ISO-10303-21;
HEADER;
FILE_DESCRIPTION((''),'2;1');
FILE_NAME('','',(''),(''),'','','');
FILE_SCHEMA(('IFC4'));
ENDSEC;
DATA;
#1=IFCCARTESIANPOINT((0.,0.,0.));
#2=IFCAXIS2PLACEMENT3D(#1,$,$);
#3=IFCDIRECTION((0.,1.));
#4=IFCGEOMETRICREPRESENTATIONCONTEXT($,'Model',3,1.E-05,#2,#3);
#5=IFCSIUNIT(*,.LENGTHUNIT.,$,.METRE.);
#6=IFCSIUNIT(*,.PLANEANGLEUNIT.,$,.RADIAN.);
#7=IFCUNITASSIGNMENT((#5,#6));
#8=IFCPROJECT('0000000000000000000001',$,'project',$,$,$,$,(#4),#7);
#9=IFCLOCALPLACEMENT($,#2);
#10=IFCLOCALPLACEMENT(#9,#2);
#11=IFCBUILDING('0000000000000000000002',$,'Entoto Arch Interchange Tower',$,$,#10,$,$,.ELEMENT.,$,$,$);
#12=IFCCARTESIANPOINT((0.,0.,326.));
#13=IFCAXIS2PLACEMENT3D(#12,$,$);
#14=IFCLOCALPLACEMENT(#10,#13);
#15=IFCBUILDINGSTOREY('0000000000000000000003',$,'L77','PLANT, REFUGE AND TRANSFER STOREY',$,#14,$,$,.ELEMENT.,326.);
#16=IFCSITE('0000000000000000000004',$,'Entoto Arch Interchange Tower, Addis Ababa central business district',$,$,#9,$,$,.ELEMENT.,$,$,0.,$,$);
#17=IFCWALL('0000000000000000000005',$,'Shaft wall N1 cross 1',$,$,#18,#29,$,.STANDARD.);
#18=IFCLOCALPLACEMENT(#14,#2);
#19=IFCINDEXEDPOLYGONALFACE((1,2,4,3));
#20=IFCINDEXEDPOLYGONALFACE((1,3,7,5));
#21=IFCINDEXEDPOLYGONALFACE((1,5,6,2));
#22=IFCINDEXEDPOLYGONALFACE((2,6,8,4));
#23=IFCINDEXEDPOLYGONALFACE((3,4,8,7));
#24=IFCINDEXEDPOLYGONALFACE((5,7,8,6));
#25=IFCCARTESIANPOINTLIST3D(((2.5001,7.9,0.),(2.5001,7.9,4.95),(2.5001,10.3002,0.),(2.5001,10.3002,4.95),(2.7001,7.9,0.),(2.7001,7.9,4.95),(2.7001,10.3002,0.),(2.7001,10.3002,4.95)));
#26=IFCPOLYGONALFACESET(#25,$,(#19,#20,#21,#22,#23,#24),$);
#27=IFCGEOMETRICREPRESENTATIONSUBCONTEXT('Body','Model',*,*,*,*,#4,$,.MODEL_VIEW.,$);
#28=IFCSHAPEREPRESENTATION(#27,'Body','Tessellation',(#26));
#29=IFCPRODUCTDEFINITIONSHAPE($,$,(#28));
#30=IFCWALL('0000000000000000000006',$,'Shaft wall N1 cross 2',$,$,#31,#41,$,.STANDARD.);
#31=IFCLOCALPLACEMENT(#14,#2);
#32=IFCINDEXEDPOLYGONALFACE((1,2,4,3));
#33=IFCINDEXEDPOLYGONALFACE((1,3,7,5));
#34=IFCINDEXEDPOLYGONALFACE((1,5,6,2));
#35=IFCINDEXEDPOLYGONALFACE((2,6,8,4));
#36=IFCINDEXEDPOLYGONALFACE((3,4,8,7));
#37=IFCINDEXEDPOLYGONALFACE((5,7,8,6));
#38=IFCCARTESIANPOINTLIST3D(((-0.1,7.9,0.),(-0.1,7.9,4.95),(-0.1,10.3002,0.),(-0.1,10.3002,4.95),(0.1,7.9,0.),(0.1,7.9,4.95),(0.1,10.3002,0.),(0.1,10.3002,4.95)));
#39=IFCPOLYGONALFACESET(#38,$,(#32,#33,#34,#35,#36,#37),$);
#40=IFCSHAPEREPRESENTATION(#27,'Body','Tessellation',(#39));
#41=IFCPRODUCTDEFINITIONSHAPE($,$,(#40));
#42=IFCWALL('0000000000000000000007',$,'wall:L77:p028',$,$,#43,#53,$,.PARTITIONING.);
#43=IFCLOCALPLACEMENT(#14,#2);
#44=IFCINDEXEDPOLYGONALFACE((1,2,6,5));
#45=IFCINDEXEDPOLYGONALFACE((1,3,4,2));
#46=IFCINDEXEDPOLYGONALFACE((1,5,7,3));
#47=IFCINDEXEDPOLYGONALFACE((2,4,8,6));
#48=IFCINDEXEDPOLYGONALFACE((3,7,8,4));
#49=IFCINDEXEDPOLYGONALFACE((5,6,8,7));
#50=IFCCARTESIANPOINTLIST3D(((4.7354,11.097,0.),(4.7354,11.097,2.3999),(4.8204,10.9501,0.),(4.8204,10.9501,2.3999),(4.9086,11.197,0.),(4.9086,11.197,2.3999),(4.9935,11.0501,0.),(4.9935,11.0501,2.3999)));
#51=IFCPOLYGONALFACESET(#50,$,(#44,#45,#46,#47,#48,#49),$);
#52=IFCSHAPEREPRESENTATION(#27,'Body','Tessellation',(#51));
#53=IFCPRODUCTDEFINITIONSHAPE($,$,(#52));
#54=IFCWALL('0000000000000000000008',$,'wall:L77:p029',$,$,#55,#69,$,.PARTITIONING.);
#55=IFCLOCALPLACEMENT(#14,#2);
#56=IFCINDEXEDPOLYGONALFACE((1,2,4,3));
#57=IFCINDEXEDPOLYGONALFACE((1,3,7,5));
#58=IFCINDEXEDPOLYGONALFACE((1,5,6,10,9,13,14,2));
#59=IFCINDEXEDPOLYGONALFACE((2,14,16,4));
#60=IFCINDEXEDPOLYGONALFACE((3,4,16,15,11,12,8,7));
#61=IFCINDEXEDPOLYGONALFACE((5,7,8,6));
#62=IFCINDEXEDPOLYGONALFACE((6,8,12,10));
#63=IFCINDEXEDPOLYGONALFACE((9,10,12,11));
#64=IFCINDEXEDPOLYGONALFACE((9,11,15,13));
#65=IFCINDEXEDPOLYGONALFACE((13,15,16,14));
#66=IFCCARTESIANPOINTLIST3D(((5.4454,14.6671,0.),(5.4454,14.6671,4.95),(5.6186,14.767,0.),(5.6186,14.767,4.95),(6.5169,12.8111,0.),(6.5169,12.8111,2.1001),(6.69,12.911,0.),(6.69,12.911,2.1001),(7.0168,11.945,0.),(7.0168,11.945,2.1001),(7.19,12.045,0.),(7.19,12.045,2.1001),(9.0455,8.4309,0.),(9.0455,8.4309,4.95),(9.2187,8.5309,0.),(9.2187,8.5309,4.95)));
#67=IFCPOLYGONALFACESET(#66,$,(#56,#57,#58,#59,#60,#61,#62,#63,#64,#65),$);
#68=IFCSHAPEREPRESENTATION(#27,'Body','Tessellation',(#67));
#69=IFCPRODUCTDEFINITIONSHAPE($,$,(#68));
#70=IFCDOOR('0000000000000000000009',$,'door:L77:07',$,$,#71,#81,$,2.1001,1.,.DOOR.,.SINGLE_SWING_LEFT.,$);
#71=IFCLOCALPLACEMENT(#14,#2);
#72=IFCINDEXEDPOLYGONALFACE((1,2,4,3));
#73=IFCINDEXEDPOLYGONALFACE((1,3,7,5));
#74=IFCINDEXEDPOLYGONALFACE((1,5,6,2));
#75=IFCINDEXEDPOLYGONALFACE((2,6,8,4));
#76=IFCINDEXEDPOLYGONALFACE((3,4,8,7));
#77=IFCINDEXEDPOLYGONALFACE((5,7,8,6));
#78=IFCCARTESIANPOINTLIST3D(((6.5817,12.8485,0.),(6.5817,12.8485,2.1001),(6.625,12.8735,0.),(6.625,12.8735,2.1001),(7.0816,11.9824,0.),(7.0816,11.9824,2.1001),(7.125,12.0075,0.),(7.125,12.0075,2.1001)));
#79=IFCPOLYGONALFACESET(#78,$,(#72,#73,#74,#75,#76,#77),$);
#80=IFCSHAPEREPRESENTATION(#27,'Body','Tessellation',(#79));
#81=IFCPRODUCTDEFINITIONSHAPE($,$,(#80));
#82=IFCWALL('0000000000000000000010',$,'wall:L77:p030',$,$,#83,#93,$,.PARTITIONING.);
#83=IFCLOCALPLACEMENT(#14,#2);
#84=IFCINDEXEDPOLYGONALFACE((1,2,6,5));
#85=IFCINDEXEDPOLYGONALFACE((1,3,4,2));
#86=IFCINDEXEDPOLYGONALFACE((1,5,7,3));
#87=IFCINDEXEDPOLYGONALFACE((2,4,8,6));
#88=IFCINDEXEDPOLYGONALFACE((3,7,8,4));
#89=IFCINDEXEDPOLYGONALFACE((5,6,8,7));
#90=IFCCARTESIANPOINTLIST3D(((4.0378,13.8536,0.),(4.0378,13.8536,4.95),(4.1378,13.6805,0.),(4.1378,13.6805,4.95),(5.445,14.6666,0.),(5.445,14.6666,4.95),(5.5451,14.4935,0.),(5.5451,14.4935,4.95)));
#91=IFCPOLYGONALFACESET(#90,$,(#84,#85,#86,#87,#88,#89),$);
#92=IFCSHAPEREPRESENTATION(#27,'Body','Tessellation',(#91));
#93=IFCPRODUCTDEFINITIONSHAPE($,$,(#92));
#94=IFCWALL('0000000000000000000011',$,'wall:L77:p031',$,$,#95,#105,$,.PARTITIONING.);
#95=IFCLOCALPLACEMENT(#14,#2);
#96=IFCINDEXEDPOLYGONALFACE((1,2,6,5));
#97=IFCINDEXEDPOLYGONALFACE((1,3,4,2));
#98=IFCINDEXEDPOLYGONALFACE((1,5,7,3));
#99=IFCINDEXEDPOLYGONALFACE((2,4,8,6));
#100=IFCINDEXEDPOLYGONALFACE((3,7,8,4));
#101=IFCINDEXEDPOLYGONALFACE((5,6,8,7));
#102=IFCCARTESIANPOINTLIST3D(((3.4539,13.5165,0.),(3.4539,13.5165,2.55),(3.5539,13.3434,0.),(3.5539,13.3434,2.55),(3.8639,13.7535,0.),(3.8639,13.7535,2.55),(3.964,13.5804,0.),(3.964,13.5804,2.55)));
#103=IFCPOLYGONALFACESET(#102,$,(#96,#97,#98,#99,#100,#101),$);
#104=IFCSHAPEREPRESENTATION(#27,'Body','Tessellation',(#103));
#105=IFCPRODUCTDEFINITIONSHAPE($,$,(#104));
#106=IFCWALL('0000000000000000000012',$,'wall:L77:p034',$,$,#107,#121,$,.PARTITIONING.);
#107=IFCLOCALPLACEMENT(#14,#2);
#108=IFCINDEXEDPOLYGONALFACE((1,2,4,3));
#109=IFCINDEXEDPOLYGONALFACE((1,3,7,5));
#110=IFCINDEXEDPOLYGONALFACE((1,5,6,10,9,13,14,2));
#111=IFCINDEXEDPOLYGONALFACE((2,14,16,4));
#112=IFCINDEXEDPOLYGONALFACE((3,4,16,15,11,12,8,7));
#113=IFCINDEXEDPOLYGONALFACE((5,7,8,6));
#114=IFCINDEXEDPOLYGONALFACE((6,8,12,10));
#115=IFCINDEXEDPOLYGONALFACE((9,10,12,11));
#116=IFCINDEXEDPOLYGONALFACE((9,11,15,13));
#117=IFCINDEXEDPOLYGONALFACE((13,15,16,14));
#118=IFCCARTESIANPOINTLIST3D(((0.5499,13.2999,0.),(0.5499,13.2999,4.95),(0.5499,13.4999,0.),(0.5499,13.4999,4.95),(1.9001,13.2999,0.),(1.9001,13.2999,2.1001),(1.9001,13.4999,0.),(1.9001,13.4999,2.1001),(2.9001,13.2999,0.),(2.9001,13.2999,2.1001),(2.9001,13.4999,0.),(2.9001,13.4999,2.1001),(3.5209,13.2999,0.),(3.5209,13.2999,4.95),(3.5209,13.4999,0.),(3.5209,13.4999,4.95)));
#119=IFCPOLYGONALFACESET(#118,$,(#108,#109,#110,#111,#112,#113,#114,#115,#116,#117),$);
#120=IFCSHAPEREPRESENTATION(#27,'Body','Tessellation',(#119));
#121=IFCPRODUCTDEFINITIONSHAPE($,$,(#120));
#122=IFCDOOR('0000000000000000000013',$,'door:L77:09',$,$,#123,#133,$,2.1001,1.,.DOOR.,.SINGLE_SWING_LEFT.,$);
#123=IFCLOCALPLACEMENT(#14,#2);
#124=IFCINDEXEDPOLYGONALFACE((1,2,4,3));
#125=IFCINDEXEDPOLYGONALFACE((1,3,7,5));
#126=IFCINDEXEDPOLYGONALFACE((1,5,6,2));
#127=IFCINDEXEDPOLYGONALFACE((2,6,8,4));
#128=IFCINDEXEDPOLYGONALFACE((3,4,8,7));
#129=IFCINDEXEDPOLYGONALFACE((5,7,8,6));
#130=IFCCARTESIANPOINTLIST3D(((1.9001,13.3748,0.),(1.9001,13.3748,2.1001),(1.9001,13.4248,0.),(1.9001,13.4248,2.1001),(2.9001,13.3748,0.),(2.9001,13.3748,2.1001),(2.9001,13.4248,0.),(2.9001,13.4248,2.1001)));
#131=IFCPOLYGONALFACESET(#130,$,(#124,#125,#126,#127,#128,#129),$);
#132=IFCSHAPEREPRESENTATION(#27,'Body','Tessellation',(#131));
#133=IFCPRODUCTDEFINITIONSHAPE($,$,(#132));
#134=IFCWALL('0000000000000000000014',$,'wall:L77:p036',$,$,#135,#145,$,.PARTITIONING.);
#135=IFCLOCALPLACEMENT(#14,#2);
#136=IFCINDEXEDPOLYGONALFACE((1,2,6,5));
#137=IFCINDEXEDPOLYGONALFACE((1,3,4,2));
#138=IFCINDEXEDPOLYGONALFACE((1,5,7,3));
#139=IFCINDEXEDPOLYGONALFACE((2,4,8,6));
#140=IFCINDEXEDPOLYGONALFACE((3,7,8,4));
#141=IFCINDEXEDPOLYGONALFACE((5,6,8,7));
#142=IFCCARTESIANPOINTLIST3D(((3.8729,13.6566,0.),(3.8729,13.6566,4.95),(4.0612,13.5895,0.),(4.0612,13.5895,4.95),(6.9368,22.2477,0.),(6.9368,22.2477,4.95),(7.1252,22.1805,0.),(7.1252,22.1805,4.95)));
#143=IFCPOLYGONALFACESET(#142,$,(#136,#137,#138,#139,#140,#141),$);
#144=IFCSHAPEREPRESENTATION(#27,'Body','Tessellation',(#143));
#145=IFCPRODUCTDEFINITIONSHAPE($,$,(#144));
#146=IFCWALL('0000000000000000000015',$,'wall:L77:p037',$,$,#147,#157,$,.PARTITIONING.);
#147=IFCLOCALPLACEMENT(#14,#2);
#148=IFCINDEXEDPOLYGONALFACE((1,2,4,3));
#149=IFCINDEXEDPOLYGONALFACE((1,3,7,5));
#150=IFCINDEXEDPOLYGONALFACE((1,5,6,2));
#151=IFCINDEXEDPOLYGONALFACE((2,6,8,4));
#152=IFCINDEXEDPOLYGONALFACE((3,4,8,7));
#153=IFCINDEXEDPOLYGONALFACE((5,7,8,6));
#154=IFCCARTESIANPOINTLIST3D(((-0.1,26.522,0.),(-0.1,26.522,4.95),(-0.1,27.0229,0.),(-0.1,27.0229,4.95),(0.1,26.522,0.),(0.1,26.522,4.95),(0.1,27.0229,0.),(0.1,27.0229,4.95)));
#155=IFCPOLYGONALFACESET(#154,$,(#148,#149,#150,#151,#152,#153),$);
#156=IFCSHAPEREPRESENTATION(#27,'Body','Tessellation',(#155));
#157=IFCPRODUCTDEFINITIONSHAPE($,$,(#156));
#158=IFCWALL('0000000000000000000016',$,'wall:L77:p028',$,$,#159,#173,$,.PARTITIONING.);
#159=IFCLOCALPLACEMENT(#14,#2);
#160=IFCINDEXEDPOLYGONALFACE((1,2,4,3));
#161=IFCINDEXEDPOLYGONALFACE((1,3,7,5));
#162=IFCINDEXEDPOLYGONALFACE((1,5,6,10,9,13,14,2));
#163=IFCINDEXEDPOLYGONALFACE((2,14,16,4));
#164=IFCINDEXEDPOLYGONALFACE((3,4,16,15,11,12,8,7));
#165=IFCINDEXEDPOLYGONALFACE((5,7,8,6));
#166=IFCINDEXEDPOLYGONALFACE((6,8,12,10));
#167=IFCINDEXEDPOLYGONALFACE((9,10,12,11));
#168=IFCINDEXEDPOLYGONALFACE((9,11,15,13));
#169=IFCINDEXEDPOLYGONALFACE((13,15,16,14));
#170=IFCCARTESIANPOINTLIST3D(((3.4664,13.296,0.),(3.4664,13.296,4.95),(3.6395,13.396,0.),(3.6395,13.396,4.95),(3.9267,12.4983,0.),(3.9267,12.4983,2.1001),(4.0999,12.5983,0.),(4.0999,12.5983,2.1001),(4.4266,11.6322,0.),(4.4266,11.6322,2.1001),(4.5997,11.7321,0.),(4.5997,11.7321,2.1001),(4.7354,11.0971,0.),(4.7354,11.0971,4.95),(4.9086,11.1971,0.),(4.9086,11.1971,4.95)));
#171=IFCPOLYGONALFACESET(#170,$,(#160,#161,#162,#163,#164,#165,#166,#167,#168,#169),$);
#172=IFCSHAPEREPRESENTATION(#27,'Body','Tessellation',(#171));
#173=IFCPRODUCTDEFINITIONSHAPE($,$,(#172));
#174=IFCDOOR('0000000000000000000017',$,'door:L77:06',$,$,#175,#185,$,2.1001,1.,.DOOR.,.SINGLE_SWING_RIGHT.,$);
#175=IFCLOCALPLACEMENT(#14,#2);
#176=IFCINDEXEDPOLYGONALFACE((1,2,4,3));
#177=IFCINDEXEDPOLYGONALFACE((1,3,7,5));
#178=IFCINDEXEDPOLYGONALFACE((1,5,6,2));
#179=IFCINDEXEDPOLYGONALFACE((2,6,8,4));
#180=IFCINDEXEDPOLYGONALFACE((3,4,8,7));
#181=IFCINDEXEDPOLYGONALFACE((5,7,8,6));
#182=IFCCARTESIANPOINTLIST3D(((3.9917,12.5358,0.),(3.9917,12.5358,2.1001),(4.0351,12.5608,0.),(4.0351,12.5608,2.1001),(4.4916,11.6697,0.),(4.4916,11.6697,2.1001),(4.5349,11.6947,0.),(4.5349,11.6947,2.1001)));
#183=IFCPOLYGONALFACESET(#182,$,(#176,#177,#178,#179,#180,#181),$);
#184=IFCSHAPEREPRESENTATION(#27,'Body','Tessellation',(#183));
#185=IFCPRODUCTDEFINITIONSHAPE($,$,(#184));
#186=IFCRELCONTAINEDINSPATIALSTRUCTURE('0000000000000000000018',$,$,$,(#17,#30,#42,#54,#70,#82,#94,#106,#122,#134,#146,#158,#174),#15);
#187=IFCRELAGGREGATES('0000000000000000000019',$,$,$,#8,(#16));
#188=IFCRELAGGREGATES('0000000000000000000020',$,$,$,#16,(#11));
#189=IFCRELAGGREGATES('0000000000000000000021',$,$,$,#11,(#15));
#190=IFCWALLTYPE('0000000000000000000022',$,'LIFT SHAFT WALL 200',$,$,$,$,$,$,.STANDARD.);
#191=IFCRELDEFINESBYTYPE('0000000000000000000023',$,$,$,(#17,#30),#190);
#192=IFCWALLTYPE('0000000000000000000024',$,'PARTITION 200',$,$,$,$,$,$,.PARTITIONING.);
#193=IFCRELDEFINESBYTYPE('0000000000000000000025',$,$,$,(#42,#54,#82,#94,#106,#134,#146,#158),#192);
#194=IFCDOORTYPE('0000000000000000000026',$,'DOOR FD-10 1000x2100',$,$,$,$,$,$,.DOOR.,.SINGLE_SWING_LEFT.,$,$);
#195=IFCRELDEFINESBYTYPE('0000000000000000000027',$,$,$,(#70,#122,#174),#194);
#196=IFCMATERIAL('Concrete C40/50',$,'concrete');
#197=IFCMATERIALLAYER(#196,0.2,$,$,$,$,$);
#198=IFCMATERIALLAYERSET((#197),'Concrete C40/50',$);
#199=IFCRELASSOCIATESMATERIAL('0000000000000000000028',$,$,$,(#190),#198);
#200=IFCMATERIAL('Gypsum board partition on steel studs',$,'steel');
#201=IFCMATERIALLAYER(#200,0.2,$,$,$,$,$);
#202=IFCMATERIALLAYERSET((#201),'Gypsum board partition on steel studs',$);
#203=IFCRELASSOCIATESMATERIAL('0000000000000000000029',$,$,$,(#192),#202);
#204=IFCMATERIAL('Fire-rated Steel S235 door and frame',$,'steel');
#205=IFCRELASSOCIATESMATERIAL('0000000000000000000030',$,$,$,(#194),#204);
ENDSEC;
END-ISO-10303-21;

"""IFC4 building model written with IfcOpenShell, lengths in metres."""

from ifc_helpers import new_model, si_unit, direction, frame, frame_2d, origin, place, context, subcontext, project, spatial, rectangle, extrude, material, layer, layer_set, type_object, element, fill, save


model = new_model("IFC4")

# Units and contexts
model_context = context("Model", 3, precision=1e-05, world=origin(), true_north=direction((0.0, 1.0)))
body_context = subcontext(model_context, "Body", "Model", "MODEL_VIEW")
ifc_project = project(units=[si_unit("LENGTHUNIT", "METRE"), si_unit("PLANEANGLEUNIT", "RADIAN")], contexts=[model_context])

# Site, building, storey
site_placement = place(None, origin())
site = spatial("IfcSite", under=ifc_project, at=site_placement, Name="Entoto Arch Interchange Tower, Addis Ababa central business district", CompositionType="ELEMENT", RefElevation=0.0)
building_placement = place(site_placement, origin())
building = spatial("IfcBuilding", under=site, at=building_placement, Name="Entoto Arch Interchange Tower", CompositionType="ELEMENT")
storey_placement = place(building_placement, frame((0.0, 0.0, 326.0)))
storey = spatial("IfcBuildingStorey", under=building, at=storey_placement, Name="L77", Description="PLANT, REFUGE AND TRANSFER STOREY", CompositionType="ELEMENT", Elevation=326.0)

# Shared definitions
ifc_material_1 = material(Name="Concrete C40/50", Category="concrete")

# Shared definitions
ifc_material_2 = material(Name="Fire-rated Steel S235 door and frame", Category="steel")

# Shared definitions
ifc_layer_1 = layer(ifc_material_1, 0.2)
ifc_layer_set_1 = layer_set([ifc_layer_1], Name="Concrete C40/50")
wall_type_1 = type_object("IfcWallType", Name="LIFT SHAFT WALL 200", PredefinedType="STANDARD", material=ifc_layer_set_1)

# Walls
for number, where, z_axis, x_axis, name in (
    (1, (2.6001, 7.8999, 0.0), (0.0, 0.0, 1.0), (0.0, 1.0, 0.0), "Shaft wall N1 cross 1"),
    (2, (0.0, 7.8999, 0.0), (0.0, 0.0, 1.0), (0.0, 1.0, 0.0), "Shaft wall N1 cross 2"),
):
    element("IfcWall", number, at=place(storey_placement, frame(where, z_axis=z_axis, x_axis=x_axis)), inside=storey, type_object=wall_type_1, Name=name, PredefinedType="STANDARD", context=body_context, shape_type="SweptSolid", body=[
        extrude(rectangle(XDim=2.4001, YDim=0.2, at=frame_2d((1.2002, 0.0))), origin(), (0.0, 0.0, 1.0), 4.95),
    ])
ifc_material_3 = material(Name="Gypsum board partition on steel studs", Category="steel")
ifc_layer_2 = layer(ifc_material_3, 0.2)
ifc_layer_set_2 = layer_set([ifc_layer_2], Name="Gypsum board partition on steel studs")
wall_type_2 = type_object("IfcWallType", Name="PARTITION 200", PredefinedType="PARTITIONING", material=ifc_layer_set_2)
wall_1_placement = place(storey_placement, frame((4.907, 11.0, 0.0), z_axis=(0.0, 0.0, 1.0), x_axis=(-0.500469, 0.865754, 0.0)))
element("IfcWall", 3, at=wall_1_placement, inside=storey, type_object=wall_type_2, Name="wall:L77:p028", PredefinedType="PARTITIONING", context=body_context, shape_type="SweptSolid", body=[
    extrude(rectangle(XDim=0.1697, YDim=0.2, at=frame_2d((0.085, 0.0))), origin(), (0.0, 0.0, 1.0), 2.3999),
])

# Wall, opening, door
wall_2_placement = place(storey_placement, frame((5.532, 14.717, 0.0), z_axis=(0.0, 0.0, 1.0), x_axis=(0.499968, -0.866044, 0.0)))
wall_2 = element("IfcWall", 4, at=wall_2_placement, inside=storey, type_object=wall_type_2, Name="wall:L77:p029", PredefinedType="PARTITIONING", context=body_context, shape_type="SweptSolid", body=[
    extrude(rectangle(XDim=7.2007, YDim=0.2, at=frame_2d((3.6003, 0.0))), origin(), (0.0, 0.0, 1.0), 4.95),
])
opening_1_placement = place(wall_2_placement, frame((2.1431, 0.0, 0.0)))
opening_1 = element("IfcOpeningElement", 5, at=opening_1_placement, cuts=wall_2, PredefinedType="OPENING", context=body_context, shape_type="SweptSolid", body=[
    extrude(rectangle(XDim=1.0, YDim=2.1001, at=frame_2d((0.5, 1.05))), frame((0.0, 0.1099, 0.0), z_axis=(0.0, -1.0, 0.0), x_axis=(1.0, 0.0, 0.0)), (0.0, 0.0, 1.0), 0.22),
])
door_type_1 = type_object("IfcDoorType", Name="DOOR FD-10 1000x2100", OperationType="SINGLE_SWING_LEFT", PredefinedType="DOOR", material=ifc_material_2)
door_1_placement = place(opening_1_placement, origin())
door_1 = element("IfcDoor", 6, at=door_1_placement, inside=storey, type_object=door_type_1, Name="door:L77:07", OperationType="SINGLE_SWING_LEFT", OverallHeight=2.1001, OverallWidth=1.0, PredefinedType="DOOR", context=body_context, shape_type="SweptSolid", body=[
    extrude(rectangle(XDim=1.0, YDim=2.1001, at=frame_2d((0.5, 1.05))), frame((0.0, 0.0249, 0.0), z_axis=(0.0, -1.0, 0.0), x_axis=(1.0, 0.0, 0.0)), (0.0, 0.0, 1.0), 0.05),
])
fill(opening_1, door_1)

# Walls
wall_3_placement = place(storey_placement, frame((4.0879, 13.7671, 0.0), z_axis=(0.0, 0.0, 1.0), x_axis=(0.865885, 0.500243, 0.0)))
element("IfcWall", 7, at=wall_3_placement, inside=storey, type_object=wall_type_2, Name="wall:L77:p030", PredefinedType="PARTITIONING", context=body_context, shape_type="SweptSolid", body=[
    extrude(rectangle(XDim=1.6252, YDim=0.2, at=frame_2d((0.8125, 0.0))), origin(), (0.0, 0.0, 1.0), 4.95),
])
wall_4_placement = place(storey_placement, frame((3.5039, 13.4299, 0.0), z_axis=(0.0, 0.0, 1.0), x_axis=(0.865791, 0.500406, 0.0)))
element("IfcWall", 8, at=wall_4_placement, inside=storey, type_object=wall_type_2, Name="wall:L77:p031", PredefinedType="PARTITIONING", context=body_context, shape_type="SweptSolid", body=[
    extrude(rectangle(XDim=0.4736, YDim=0.2, at=frame_2d((0.2368, 0.0))), origin(), (0.0, 0.0, 1.0), 2.55),
])

# Wall, opening, door
wall_5_placement = place(storey_placement, frame((0.55, 13.3999, 0.0), z_axis=(0.0, 0.0, 1.0), x_axis=(1.0, 0.0, 0.0)))
wall_5 = element("IfcWall", 9, at=wall_5_placement, inside=storey, type_object=wall_type_2, Name="wall:L77:p034", PredefinedType="PARTITIONING", context=body_context, shape_type="SweptSolid", body=[
    extrude(rectangle(XDim=2.9709, YDim=0.2, at=frame_2d((1.4854, 0.0))), origin(), (0.0, 0.0, 1.0), 4.95),
])
opening_2_placement = place(wall_5_placement, frame((1.3501, 0.0, 0.0)))
opening_2 = element("IfcOpeningElement", 10, at=opening_2_placement, cuts=wall_5, PredefinedType="OPENING", context=body_context, shape_type="SweptSolid", body=[
    extrude(rectangle(XDim=1.0, YDim=2.1001, at=frame_2d((0.5, 1.05))), frame((0.0, 0.1099, 0.0), z_axis=(0.0, -1.0, 0.0), x_axis=(1.0, 0.0, 0.0)), (0.0, 0.0, 1.0), 0.22),
])
door_2_placement = place(opening_2_placement, origin())
door_2 = element("IfcDoor", 11, at=door_2_placement, inside=storey, type_object=door_type_1, Name="door:L77:09", OperationType="SINGLE_SWING_LEFT", OverallHeight=2.1001, OverallWidth=1.0, PredefinedType="DOOR", context=body_context, shape_type="SweptSolid", body=[
    extrude(rectangle(XDim=1.0, YDim=2.1001, at=frame_2d((0.5, 1.05))), frame((0.0, 0.0249, 0.0), z_axis=(0.0, -1.0, 0.0), x_axis=(1.0, 0.0, 0.0)), (0.0, 0.0, 1.0), 0.05),
])
fill(opening_2, door_2)

# Walls
wall_6_placement = place(storey_placement, frame((3.967, 13.623, 0.0), z_axis=(0.0, 0.0, 1.0), x_axis=(0.335921, 0.94189, 0.0)))
element("IfcWall", 12, at=wall_6_placement, inside=storey, type_object=wall_type_2, Name="wall:L77:p036", PredefinedType="PARTITIONING", context=body_context, shape_type="SweptSolid", body=[
    extrude(rectangle(XDim=9.1211, YDim=0.2, at=frame_2d((4.5605, 0.0))), origin(), (0.0, 0.0, 1.0), 4.95),
])
wall_7_placement = place(storey_placement, frame((0.0, 26.522, 0.0), z_axis=(0.0, 0.0, 1.0), x_axis=(0.0, 1.0, 0.0)))
element("IfcWall", 13, at=wall_7_placement, inside=storey, type_object=wall_type_2, Name="wall:L77:p037", PredefinedType="PARTITIONING", context=body_context, shape_type="SweptSolid", body=[
    extrude(rectangle(XDim=0.501, YDim=0.2, at=frame_2d((0.2505, 0.0))), origin(), (0.0, 0.0, 1.0), 4.95),
])

# Wall, opening, door
wall_8_placement = place(storey_placement, frame((4.822, 11.147, 0.0), z_axis=(0.0, 0.0, 1.0), x_axis=(-0.499842, 0.866117, 0.0)))
wall_8 = element("IfcWall", 14, at=wall_8_placement, inside=storey, type_object=wall_type_2, Name="wall:L77:p028", PredefinedType="PARTITIONING", context=body_context, shape_type="SweptSolid", body=[
    extrude(rectangle(XDim=2.5388, YDim=0.2, at=frame_2d((1.2695, 0.0))), origin(), (0.0, 0.0, 1.0), 4.95),
])
opening_3_placement = place(wall_8_placement, frame((0.6179, 0.0, 0.0)))
opening_3 = element("IfcOpeningElement", 15, at=opening_3_placement, cuts=wall_8, PredefinedType="OPENING", context=body_context, shape_type="SweptSolid", body=[
    extrude(rectangle(XDim=1.0, YDim=2.1001, at=frame_2d((0.5, 1.05))), frame((0.0, 0.1099, 0.0), z_axis=(0.0, -1.0, 0.0), x_axis=(1.0, 0.0, 0.0)), (0.0, 0.0, 1.0), 0.22),
])
door_3_placement = place(opening_3_placement, origin())
door_3 = element("IfcDoor", 16, at=door_3_placement, inside=storey, type_object=door_type_1, Name="door:L77:06", OperationType="SINGLE_SWING_RIGHT", OverallHeight=2.1001, OverallWidth=1.0, PredefinedType="DOOR", context=body_context, shape_type="SweptSolid", body=[
    extrude(rectangle(XDim=1.0, YDim=2.1001, at=frame_2d((0.5, 1.05))), frame((0.0, 0.0249, 0.0), z_axis=(0.0, -1.0, 0.0), x_axis=(1.0, 0.0, 0.0)), (0.0, 0.0, 1.0), 0.05),
])
fill(opening_3, door_3)

save(model, "model.ifc")
